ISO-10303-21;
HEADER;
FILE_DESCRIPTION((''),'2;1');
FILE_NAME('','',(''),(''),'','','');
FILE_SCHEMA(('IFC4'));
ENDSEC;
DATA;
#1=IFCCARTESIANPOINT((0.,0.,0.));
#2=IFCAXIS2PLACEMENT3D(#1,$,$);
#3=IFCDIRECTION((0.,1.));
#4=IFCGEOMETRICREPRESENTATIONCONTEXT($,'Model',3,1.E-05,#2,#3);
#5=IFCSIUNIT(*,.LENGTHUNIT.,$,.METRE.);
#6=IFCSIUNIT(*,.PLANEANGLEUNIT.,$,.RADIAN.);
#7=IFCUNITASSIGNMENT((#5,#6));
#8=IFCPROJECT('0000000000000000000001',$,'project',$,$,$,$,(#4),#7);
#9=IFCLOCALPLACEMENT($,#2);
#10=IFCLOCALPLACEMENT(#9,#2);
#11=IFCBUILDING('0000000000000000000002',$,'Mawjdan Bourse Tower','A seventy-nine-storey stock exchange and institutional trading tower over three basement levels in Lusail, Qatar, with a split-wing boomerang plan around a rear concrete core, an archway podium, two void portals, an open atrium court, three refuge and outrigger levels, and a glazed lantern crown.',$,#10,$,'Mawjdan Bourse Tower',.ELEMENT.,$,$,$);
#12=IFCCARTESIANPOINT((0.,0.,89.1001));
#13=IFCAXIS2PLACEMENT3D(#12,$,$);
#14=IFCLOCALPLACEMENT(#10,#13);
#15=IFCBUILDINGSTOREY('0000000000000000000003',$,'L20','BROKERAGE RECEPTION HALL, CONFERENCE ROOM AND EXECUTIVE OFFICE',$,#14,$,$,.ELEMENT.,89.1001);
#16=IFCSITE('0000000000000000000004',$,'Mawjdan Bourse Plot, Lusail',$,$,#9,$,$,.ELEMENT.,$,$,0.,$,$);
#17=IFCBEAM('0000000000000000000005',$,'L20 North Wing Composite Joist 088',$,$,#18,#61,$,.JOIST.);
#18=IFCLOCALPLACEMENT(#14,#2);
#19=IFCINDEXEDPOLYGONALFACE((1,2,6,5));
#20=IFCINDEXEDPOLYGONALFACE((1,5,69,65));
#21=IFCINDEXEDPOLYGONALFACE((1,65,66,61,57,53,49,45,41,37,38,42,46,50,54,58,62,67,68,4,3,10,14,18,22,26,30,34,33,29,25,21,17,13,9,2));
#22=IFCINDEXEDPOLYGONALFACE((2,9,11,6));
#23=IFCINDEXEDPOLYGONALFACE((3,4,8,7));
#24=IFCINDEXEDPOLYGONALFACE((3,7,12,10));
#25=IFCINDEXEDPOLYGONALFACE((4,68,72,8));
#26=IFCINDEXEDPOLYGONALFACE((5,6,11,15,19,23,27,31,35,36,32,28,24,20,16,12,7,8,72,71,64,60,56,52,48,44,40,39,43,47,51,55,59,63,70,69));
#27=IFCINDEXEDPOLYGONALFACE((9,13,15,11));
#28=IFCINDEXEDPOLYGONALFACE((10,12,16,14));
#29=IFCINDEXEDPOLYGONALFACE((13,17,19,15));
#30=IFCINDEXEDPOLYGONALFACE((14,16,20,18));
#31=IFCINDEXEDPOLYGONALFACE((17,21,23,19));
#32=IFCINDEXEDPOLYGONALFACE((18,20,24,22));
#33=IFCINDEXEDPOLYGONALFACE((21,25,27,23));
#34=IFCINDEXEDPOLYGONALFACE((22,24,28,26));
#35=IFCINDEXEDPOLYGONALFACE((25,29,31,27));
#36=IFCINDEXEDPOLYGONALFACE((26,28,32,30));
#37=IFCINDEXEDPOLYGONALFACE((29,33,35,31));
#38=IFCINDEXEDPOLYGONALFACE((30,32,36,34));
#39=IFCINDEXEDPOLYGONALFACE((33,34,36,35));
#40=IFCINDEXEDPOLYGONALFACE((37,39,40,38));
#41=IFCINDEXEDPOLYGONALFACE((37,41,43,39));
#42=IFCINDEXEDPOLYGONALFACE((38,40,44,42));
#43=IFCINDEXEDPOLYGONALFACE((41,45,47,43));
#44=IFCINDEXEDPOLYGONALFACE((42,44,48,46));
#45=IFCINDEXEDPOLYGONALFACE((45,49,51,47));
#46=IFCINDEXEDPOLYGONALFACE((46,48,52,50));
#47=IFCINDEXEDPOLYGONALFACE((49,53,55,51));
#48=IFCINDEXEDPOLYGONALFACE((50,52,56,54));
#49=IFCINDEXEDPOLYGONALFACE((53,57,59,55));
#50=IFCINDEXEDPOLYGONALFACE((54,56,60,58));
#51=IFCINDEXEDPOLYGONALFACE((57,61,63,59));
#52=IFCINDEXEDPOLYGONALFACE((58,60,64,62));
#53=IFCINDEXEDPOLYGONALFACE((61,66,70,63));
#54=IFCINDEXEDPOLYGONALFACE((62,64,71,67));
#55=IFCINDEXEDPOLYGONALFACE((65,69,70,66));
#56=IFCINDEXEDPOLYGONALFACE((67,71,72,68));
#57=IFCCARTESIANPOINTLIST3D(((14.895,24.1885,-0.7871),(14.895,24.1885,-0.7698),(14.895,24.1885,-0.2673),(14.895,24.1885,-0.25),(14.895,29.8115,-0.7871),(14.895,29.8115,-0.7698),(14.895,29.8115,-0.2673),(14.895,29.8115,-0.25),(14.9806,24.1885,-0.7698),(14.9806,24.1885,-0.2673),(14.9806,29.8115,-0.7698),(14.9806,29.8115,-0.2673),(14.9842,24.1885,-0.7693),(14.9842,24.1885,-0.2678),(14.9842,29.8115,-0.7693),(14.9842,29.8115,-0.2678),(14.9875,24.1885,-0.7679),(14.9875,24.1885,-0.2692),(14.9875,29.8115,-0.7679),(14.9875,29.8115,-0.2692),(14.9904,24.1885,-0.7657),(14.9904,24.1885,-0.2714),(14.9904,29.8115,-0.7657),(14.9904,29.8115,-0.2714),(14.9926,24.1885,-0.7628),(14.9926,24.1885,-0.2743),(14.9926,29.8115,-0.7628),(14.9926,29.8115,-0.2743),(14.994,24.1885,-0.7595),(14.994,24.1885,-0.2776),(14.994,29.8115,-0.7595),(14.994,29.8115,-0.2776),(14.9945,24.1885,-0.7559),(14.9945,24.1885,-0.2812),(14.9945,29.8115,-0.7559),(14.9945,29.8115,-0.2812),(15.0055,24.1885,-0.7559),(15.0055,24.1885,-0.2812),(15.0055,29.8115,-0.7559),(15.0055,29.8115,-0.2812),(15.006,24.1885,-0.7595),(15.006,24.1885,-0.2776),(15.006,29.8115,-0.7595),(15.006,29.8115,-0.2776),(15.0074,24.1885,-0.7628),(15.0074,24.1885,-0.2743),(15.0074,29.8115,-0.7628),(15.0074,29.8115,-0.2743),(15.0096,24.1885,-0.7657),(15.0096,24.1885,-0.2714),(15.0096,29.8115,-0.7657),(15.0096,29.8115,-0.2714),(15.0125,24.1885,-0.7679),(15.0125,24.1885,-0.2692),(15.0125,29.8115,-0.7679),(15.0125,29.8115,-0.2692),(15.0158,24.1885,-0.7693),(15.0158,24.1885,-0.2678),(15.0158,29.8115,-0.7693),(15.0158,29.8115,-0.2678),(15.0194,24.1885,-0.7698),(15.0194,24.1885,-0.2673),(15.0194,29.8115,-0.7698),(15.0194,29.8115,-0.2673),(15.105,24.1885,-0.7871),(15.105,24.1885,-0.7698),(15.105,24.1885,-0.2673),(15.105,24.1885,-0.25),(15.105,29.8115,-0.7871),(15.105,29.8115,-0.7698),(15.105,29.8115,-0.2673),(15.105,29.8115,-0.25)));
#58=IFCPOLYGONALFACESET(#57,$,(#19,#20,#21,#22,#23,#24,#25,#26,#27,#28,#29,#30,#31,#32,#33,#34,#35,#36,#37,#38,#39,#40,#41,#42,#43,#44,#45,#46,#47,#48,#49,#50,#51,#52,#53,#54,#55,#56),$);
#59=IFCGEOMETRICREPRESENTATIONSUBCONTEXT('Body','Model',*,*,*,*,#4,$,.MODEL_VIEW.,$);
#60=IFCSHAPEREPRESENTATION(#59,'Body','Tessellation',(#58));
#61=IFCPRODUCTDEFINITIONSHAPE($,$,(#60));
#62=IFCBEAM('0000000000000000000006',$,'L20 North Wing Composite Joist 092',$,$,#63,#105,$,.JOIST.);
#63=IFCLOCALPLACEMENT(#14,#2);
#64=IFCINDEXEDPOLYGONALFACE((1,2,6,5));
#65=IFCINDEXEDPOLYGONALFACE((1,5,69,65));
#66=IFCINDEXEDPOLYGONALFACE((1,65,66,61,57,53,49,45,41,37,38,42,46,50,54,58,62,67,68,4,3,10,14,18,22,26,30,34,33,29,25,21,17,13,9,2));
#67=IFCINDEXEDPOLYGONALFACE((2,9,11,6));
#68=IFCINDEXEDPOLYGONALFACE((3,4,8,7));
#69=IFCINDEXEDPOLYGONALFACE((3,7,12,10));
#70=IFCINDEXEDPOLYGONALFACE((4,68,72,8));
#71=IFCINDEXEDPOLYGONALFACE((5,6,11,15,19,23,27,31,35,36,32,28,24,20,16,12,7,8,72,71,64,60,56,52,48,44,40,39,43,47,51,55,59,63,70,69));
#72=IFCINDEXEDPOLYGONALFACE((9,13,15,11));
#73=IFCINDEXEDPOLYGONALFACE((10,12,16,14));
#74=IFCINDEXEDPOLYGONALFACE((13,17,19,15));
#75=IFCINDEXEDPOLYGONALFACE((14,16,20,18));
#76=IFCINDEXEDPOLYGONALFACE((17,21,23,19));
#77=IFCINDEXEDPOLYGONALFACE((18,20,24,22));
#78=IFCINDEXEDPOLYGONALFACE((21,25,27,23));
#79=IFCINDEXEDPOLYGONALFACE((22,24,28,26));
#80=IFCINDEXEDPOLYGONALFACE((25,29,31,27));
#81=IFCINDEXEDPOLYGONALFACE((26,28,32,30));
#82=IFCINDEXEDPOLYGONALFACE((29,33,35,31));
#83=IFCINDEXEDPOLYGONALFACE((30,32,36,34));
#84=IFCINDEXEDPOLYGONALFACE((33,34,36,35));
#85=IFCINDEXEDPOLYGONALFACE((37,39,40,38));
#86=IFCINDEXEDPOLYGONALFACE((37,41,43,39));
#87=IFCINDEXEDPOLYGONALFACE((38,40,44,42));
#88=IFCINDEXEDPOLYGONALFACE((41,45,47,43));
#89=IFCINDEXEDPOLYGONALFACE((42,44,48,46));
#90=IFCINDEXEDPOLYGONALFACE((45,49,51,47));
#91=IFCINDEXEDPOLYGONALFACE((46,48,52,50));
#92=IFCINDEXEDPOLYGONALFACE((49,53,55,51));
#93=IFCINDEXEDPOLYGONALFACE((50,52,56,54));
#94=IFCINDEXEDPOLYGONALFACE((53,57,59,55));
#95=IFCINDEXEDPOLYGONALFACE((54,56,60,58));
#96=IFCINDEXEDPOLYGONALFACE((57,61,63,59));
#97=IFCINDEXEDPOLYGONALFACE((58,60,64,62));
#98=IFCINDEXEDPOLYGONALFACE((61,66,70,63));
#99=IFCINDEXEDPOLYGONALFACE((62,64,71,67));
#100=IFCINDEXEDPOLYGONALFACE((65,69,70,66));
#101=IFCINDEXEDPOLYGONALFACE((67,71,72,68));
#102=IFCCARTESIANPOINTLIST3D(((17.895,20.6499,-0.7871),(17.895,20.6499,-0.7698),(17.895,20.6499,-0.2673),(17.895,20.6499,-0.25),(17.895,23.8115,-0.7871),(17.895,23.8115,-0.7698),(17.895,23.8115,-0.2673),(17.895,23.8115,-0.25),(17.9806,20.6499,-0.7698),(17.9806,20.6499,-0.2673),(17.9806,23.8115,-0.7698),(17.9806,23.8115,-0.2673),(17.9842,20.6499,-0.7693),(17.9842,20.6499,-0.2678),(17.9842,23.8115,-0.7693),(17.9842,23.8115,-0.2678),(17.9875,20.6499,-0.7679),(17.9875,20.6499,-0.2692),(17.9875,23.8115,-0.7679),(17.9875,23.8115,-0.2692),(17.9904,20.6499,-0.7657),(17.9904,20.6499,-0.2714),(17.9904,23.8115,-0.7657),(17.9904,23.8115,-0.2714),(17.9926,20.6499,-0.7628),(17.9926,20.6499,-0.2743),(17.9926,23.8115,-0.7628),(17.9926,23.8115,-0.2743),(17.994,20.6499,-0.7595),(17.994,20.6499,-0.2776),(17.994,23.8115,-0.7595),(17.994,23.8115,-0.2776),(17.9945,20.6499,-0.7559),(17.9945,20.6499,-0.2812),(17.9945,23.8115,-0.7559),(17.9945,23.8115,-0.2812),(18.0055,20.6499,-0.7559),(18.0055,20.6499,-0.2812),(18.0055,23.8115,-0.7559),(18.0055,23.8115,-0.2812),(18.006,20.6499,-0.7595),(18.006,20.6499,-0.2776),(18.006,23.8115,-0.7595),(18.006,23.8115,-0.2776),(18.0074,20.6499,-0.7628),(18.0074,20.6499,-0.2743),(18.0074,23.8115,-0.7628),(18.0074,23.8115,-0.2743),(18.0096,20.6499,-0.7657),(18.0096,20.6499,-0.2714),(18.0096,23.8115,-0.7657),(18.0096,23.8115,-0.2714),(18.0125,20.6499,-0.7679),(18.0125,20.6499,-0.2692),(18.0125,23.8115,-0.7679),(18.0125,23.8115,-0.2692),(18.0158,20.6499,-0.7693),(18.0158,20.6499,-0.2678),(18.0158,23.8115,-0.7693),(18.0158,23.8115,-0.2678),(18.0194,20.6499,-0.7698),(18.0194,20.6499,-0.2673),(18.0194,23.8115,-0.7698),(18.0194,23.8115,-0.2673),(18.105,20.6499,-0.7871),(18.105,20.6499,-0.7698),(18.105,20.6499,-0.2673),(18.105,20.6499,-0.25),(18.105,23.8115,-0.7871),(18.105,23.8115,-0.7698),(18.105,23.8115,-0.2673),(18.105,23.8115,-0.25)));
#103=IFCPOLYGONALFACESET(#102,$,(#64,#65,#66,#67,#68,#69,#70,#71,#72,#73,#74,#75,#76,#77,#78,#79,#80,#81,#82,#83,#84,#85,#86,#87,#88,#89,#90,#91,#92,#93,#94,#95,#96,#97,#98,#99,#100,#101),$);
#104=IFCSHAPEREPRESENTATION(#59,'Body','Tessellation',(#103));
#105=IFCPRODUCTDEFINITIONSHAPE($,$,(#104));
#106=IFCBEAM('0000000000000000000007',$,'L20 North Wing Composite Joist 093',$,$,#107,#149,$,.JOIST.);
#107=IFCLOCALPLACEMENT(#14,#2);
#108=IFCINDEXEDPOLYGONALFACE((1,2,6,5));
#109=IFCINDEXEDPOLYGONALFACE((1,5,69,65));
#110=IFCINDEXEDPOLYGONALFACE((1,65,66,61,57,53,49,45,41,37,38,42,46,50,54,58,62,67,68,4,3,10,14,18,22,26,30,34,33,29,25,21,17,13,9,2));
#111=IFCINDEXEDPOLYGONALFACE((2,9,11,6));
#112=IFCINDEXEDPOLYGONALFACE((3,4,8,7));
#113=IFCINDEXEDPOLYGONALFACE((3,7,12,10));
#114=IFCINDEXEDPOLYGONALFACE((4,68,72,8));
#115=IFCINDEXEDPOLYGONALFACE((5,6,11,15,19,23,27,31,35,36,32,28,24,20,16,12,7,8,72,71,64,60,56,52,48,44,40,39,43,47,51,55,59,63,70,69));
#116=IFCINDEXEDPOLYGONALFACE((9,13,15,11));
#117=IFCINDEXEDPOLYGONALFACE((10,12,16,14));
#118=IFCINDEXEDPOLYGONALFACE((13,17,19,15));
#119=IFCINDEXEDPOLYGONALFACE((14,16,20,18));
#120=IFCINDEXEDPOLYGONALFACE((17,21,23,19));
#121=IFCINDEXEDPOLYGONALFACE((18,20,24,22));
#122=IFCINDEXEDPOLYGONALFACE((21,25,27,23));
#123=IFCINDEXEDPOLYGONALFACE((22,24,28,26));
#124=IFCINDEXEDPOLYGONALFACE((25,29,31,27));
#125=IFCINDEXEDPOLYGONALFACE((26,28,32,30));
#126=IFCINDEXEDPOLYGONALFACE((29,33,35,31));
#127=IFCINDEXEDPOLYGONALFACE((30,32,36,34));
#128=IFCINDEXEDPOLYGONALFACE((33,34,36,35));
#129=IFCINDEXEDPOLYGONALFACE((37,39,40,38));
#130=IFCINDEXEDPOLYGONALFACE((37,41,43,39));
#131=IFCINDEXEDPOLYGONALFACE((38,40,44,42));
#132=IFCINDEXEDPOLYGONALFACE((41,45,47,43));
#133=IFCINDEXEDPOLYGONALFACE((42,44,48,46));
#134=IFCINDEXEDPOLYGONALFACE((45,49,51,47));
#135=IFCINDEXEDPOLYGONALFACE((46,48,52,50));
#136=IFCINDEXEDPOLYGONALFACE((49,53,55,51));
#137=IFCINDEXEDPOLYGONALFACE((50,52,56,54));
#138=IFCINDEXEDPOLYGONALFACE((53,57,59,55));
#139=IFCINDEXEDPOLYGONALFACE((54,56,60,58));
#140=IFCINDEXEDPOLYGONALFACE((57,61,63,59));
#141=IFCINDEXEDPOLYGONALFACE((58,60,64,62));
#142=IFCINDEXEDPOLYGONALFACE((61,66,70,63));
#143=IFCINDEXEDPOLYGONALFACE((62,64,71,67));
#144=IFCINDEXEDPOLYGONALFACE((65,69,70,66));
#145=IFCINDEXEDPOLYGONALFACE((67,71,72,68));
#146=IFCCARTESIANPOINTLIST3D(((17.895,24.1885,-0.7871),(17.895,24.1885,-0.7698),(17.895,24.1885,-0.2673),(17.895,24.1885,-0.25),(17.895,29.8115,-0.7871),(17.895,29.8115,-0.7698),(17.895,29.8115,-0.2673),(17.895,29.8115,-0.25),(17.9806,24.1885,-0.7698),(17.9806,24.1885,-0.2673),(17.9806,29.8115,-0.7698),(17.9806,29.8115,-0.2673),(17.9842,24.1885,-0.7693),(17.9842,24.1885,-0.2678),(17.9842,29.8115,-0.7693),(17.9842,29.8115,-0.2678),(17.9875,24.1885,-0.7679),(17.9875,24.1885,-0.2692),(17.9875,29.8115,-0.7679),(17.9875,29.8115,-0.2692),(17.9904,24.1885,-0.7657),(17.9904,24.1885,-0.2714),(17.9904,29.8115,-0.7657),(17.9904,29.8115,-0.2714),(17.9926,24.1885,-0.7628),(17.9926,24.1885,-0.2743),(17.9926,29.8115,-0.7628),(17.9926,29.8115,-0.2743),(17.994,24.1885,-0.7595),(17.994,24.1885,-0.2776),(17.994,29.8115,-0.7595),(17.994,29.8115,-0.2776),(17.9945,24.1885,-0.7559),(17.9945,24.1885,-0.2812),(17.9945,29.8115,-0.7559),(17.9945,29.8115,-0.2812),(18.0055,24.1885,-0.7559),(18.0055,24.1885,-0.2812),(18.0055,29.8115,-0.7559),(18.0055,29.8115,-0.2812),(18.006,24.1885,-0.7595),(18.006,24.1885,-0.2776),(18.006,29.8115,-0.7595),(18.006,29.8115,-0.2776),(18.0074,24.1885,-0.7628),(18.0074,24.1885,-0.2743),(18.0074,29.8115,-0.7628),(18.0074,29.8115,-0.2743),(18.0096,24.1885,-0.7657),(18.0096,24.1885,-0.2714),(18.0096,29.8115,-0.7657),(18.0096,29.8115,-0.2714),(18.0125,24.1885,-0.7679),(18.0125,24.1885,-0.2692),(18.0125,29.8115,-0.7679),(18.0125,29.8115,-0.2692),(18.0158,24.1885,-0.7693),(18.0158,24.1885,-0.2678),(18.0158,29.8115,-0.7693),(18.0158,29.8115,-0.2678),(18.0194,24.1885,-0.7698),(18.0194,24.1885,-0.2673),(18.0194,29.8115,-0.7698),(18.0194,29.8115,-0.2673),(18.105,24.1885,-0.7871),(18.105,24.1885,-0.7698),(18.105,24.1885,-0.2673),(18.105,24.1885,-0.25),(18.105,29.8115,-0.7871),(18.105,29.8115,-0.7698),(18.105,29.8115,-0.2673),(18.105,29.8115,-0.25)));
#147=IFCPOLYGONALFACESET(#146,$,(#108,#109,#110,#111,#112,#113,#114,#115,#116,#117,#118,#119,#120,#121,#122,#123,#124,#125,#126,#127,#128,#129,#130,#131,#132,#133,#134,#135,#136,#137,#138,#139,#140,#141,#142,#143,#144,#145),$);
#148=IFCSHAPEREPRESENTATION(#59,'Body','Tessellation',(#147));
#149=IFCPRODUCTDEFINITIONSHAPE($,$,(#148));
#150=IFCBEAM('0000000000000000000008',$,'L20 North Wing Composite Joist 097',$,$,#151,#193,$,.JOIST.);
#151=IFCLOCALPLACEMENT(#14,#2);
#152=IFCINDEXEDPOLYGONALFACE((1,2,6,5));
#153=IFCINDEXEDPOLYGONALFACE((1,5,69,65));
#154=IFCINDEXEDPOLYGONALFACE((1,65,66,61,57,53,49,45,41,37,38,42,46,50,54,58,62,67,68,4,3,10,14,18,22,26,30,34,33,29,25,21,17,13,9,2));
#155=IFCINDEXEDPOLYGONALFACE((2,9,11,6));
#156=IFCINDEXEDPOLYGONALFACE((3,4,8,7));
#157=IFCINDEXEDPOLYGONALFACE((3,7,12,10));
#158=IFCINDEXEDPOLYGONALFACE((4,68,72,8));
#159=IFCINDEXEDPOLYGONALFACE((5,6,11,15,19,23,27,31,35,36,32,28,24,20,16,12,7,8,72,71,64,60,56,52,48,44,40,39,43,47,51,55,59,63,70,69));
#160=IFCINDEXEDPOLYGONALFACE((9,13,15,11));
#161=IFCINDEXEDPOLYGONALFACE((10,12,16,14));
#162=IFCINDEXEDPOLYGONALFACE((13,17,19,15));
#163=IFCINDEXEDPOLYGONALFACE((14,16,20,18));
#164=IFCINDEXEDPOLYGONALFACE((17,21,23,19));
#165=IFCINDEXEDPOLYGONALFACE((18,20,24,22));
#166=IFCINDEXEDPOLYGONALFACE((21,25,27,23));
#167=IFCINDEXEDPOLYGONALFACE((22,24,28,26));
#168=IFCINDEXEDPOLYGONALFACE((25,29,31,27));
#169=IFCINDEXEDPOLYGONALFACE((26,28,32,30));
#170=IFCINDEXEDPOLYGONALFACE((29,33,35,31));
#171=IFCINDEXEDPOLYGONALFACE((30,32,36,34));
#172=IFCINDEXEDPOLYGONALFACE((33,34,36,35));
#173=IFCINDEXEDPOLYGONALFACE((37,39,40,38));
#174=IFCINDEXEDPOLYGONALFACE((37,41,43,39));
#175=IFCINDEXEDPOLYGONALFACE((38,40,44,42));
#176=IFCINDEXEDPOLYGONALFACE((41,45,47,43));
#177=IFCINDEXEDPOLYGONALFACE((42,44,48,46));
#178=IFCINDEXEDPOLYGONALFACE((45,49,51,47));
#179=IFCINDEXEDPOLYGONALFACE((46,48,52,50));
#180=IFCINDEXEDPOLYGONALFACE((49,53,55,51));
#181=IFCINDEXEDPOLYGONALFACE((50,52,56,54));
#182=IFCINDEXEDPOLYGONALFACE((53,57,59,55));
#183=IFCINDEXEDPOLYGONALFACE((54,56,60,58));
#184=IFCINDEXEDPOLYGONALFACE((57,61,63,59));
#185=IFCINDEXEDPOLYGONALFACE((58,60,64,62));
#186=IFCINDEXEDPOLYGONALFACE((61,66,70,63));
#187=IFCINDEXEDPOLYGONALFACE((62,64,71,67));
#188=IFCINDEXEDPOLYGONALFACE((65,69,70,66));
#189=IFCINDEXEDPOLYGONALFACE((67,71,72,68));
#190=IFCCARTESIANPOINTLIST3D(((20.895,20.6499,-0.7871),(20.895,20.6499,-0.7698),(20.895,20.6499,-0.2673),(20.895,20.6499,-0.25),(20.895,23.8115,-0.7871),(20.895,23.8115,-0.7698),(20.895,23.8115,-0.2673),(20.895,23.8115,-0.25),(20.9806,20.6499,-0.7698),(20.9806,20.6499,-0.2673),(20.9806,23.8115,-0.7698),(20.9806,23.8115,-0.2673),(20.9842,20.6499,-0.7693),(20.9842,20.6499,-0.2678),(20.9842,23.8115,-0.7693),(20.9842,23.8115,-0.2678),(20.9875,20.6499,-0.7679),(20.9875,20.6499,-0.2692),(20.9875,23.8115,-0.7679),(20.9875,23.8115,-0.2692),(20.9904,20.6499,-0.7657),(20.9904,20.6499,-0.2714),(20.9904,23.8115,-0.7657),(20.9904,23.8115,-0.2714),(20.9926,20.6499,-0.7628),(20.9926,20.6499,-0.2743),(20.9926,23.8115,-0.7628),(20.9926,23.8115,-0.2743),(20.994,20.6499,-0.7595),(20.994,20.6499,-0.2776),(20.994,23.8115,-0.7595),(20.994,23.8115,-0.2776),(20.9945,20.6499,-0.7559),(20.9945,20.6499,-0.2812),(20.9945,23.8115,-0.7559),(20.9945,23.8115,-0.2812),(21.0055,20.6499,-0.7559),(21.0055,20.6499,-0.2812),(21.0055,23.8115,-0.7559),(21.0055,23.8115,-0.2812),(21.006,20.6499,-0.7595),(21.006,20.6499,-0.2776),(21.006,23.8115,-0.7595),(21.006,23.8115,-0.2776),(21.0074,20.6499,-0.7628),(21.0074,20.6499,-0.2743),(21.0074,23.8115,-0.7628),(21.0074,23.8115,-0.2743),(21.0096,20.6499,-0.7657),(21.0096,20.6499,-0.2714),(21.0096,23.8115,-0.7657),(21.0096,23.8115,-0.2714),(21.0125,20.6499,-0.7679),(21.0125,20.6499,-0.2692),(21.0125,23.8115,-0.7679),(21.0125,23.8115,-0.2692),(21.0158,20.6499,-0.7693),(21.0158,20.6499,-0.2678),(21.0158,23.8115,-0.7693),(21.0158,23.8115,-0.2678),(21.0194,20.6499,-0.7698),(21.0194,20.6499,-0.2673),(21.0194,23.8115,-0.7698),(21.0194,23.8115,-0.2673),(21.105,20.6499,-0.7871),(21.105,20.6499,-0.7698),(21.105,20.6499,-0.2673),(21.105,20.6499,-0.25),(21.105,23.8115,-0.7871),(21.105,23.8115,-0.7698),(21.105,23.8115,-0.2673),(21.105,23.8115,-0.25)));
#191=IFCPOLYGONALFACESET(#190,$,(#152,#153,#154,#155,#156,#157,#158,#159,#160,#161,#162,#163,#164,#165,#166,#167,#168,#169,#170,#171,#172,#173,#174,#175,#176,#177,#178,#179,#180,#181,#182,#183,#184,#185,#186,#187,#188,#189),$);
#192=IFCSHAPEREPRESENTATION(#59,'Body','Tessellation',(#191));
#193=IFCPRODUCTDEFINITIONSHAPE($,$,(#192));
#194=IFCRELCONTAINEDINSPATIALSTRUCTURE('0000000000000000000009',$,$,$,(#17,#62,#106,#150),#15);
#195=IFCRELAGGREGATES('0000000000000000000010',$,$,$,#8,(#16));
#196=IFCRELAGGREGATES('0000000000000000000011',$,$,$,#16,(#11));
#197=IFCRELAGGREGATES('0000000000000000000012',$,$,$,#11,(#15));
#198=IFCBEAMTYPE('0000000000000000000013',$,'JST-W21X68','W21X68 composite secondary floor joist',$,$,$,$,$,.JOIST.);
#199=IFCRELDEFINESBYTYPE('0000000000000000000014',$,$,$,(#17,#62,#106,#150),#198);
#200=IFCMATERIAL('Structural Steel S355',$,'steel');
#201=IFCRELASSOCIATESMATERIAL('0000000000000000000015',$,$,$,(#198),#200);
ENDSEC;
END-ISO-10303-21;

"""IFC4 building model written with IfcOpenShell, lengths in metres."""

from ifc_helpers import new_model, si_unit, direction, frame, origin, origin_2d, place, context, subcontext, project, spatial, i_section, extrude, material, material_profile, profile_set, type_object, element, save


model = new_model("IFC4")

# Units and contexts
model_context = context("Model", 3, precision=1e-05, world=origin(), true_north=direction((0.0, 1.0)))
body_context = subcontext(model_context, "Body", "Model", "MODEL_VIEW")
ifc_project = project(units=[si_unit("LENGTHUNIT", "METRE"), si_unit("PLANEANGLEUNIT", "RADIAN")], contexts=[model_context])

# Site, building, storey
site_placement = place(None, origin())
site = spatial("IfcSite", under=ifc_project, at=site_placement, Name="Mawjdan Bourse Plot, Lusail", CompositionType="ELEMENT", RefElevation=0.0)
building_placement = place(site_placement, origin())
building = spatial("IfcBuilding", under=site, at=building_placement, Name="Mawjdan Bourse Tower", Description="A seventy-nine-storey stock exchange and institutional trading tower over three basement levels in Lusail, Qatar, with a split-wing boomerang plan around a rear concrete core, an archway podium, two void portals, an open atrium court, three refuge and outrigger levels, and a glazed lantern crown.", LongName="Mawjdan Bourse Tower", CompositionType="ELEMENT")
storey_placement = place(building_placement, frame((0.0, 0.0, 89.1001)))
storey = spatial("IfcBuildingStorey", under=building, at=storey_placement, Name="L20", Description="BROKERAGE RECEPTION HALL, CONFERENCE ROOM AND EXECUTIVE OFFICE", CompositionType="ELEMENT", Elevation=89.1001)

# Beams
ifc_material_1 = material(Name="Structural Steel S355", Category="steel")
ifc_material_profile_1 = material_profile(ifc_material_1, i_section(OverallWidth=0.21, OverallDepth=0.5371, WebThickness=0.011, FlangeThickness=0.0173, FilletRadius=0.0139, at=origin_2d()), Name="W21X68")
ifc_profile_set_1 = profile_set([ifc_material_profile_1], Name="Structural Steel S355")
beam_type_1 = type_object("IfcBeamType", Name="JST-W21X68", Description="W21X68 composite secondary floor joist", PredefinedType="JOIST", material=ifc_profile_set_1)
beam_1_placement = place(storey_placement, frame((15.0, 24.1885, -0.5186), z_axis=(0.0, 1.0, 0.0), x_axis=(-1.0, 0.0, 0.0)))
element("IfcBeam", 1, at=beam_1_placement, inside=storey, type_object=beam_type_1, Name="L20 North Wing Composite Joist 088", PredefinedType="JOIST", context=body_context, shape_type="SweptSolid", body=[
    extrude(i_section(OverallWidth=0.21, OverallDepth=0.5371, WebThickness=0.011, FlangeThickness=0.0173, FilletRadius=0.0139, at=origin_2d()), origin(), (0.0, 0.0, 1.0), 5.623),
])
beam_2_placement = place(storey_placement, frame((18.0, 20.6499, -0.5186), z_axis=(0.0, 1.0, 0.0), x_axis=(-1.0, 0.0, 0.0)))
element("IfcBeam", 2, at=beam_2_placement, inside=storey, type_object=beam_type_1, Name="L20 North Wing Composite Joist 092", PredefinedType="JOIST", context=body_context, shape_type="SweptSolid", body=[
    extrude(i_section(OverallWidth=0.21, OverallDepth=0.5371, WebThickness=0.011, FlangeThickness=0.0173, FilletRadius=0.0139, at=origin_2d()), origin(), (0.0, 0.0, 1.0), 3.1616),
])
beam_3_placement = place(storey_placement, frame((18.0, 24.1885, -0.5186), z_axis=(0.0, 1.0, 0.0), x_axis=(-1.0, 0.0, 0.0)))
element("IfcBeam", 3, at=beam_3_placement, inside=storey, type_object=beam_type_1, Name="L20 North Wing Composite Joist 093", PredefinedType="JOIST", context=body_context, shape_type="SweptSolid", body=[
    extrude(i_section(OverallWidth=0.21, OverallDepth=0.5371, WebThickness=0.011, FlangeThickness=0.0173, FilletRadius=0.0139, at=origin_2d()), origin(), (0.0, 0.0, 1.0), 5.623),
])
beam_4_placement = place(storey_placement, frame((21.0, 20.6499, -0.5186), z_axis=(0.0, 1.0, 0.0), x_axis=(-1.0, 0.0, 0.0)))
element("IfcBeam", 4, at=beam_4_placement, inside=storey, type_object=beam_type_1, Name="L20 North Wing Composite Joist 097", PredefinedType="JOIST", context=body_context, shape_type="SweptSolid", body=[
    extrude(i_section(OverallWidth=0.21, OverallDepth=0.5371, WebThickness=0.011, FlangeThickness=0.0173, FilletRadius=0.0139, at=origin_2d()), origin(), (0.0, 0.0, 1.0), 3.1616),
])

save(model, "model.ifc")
